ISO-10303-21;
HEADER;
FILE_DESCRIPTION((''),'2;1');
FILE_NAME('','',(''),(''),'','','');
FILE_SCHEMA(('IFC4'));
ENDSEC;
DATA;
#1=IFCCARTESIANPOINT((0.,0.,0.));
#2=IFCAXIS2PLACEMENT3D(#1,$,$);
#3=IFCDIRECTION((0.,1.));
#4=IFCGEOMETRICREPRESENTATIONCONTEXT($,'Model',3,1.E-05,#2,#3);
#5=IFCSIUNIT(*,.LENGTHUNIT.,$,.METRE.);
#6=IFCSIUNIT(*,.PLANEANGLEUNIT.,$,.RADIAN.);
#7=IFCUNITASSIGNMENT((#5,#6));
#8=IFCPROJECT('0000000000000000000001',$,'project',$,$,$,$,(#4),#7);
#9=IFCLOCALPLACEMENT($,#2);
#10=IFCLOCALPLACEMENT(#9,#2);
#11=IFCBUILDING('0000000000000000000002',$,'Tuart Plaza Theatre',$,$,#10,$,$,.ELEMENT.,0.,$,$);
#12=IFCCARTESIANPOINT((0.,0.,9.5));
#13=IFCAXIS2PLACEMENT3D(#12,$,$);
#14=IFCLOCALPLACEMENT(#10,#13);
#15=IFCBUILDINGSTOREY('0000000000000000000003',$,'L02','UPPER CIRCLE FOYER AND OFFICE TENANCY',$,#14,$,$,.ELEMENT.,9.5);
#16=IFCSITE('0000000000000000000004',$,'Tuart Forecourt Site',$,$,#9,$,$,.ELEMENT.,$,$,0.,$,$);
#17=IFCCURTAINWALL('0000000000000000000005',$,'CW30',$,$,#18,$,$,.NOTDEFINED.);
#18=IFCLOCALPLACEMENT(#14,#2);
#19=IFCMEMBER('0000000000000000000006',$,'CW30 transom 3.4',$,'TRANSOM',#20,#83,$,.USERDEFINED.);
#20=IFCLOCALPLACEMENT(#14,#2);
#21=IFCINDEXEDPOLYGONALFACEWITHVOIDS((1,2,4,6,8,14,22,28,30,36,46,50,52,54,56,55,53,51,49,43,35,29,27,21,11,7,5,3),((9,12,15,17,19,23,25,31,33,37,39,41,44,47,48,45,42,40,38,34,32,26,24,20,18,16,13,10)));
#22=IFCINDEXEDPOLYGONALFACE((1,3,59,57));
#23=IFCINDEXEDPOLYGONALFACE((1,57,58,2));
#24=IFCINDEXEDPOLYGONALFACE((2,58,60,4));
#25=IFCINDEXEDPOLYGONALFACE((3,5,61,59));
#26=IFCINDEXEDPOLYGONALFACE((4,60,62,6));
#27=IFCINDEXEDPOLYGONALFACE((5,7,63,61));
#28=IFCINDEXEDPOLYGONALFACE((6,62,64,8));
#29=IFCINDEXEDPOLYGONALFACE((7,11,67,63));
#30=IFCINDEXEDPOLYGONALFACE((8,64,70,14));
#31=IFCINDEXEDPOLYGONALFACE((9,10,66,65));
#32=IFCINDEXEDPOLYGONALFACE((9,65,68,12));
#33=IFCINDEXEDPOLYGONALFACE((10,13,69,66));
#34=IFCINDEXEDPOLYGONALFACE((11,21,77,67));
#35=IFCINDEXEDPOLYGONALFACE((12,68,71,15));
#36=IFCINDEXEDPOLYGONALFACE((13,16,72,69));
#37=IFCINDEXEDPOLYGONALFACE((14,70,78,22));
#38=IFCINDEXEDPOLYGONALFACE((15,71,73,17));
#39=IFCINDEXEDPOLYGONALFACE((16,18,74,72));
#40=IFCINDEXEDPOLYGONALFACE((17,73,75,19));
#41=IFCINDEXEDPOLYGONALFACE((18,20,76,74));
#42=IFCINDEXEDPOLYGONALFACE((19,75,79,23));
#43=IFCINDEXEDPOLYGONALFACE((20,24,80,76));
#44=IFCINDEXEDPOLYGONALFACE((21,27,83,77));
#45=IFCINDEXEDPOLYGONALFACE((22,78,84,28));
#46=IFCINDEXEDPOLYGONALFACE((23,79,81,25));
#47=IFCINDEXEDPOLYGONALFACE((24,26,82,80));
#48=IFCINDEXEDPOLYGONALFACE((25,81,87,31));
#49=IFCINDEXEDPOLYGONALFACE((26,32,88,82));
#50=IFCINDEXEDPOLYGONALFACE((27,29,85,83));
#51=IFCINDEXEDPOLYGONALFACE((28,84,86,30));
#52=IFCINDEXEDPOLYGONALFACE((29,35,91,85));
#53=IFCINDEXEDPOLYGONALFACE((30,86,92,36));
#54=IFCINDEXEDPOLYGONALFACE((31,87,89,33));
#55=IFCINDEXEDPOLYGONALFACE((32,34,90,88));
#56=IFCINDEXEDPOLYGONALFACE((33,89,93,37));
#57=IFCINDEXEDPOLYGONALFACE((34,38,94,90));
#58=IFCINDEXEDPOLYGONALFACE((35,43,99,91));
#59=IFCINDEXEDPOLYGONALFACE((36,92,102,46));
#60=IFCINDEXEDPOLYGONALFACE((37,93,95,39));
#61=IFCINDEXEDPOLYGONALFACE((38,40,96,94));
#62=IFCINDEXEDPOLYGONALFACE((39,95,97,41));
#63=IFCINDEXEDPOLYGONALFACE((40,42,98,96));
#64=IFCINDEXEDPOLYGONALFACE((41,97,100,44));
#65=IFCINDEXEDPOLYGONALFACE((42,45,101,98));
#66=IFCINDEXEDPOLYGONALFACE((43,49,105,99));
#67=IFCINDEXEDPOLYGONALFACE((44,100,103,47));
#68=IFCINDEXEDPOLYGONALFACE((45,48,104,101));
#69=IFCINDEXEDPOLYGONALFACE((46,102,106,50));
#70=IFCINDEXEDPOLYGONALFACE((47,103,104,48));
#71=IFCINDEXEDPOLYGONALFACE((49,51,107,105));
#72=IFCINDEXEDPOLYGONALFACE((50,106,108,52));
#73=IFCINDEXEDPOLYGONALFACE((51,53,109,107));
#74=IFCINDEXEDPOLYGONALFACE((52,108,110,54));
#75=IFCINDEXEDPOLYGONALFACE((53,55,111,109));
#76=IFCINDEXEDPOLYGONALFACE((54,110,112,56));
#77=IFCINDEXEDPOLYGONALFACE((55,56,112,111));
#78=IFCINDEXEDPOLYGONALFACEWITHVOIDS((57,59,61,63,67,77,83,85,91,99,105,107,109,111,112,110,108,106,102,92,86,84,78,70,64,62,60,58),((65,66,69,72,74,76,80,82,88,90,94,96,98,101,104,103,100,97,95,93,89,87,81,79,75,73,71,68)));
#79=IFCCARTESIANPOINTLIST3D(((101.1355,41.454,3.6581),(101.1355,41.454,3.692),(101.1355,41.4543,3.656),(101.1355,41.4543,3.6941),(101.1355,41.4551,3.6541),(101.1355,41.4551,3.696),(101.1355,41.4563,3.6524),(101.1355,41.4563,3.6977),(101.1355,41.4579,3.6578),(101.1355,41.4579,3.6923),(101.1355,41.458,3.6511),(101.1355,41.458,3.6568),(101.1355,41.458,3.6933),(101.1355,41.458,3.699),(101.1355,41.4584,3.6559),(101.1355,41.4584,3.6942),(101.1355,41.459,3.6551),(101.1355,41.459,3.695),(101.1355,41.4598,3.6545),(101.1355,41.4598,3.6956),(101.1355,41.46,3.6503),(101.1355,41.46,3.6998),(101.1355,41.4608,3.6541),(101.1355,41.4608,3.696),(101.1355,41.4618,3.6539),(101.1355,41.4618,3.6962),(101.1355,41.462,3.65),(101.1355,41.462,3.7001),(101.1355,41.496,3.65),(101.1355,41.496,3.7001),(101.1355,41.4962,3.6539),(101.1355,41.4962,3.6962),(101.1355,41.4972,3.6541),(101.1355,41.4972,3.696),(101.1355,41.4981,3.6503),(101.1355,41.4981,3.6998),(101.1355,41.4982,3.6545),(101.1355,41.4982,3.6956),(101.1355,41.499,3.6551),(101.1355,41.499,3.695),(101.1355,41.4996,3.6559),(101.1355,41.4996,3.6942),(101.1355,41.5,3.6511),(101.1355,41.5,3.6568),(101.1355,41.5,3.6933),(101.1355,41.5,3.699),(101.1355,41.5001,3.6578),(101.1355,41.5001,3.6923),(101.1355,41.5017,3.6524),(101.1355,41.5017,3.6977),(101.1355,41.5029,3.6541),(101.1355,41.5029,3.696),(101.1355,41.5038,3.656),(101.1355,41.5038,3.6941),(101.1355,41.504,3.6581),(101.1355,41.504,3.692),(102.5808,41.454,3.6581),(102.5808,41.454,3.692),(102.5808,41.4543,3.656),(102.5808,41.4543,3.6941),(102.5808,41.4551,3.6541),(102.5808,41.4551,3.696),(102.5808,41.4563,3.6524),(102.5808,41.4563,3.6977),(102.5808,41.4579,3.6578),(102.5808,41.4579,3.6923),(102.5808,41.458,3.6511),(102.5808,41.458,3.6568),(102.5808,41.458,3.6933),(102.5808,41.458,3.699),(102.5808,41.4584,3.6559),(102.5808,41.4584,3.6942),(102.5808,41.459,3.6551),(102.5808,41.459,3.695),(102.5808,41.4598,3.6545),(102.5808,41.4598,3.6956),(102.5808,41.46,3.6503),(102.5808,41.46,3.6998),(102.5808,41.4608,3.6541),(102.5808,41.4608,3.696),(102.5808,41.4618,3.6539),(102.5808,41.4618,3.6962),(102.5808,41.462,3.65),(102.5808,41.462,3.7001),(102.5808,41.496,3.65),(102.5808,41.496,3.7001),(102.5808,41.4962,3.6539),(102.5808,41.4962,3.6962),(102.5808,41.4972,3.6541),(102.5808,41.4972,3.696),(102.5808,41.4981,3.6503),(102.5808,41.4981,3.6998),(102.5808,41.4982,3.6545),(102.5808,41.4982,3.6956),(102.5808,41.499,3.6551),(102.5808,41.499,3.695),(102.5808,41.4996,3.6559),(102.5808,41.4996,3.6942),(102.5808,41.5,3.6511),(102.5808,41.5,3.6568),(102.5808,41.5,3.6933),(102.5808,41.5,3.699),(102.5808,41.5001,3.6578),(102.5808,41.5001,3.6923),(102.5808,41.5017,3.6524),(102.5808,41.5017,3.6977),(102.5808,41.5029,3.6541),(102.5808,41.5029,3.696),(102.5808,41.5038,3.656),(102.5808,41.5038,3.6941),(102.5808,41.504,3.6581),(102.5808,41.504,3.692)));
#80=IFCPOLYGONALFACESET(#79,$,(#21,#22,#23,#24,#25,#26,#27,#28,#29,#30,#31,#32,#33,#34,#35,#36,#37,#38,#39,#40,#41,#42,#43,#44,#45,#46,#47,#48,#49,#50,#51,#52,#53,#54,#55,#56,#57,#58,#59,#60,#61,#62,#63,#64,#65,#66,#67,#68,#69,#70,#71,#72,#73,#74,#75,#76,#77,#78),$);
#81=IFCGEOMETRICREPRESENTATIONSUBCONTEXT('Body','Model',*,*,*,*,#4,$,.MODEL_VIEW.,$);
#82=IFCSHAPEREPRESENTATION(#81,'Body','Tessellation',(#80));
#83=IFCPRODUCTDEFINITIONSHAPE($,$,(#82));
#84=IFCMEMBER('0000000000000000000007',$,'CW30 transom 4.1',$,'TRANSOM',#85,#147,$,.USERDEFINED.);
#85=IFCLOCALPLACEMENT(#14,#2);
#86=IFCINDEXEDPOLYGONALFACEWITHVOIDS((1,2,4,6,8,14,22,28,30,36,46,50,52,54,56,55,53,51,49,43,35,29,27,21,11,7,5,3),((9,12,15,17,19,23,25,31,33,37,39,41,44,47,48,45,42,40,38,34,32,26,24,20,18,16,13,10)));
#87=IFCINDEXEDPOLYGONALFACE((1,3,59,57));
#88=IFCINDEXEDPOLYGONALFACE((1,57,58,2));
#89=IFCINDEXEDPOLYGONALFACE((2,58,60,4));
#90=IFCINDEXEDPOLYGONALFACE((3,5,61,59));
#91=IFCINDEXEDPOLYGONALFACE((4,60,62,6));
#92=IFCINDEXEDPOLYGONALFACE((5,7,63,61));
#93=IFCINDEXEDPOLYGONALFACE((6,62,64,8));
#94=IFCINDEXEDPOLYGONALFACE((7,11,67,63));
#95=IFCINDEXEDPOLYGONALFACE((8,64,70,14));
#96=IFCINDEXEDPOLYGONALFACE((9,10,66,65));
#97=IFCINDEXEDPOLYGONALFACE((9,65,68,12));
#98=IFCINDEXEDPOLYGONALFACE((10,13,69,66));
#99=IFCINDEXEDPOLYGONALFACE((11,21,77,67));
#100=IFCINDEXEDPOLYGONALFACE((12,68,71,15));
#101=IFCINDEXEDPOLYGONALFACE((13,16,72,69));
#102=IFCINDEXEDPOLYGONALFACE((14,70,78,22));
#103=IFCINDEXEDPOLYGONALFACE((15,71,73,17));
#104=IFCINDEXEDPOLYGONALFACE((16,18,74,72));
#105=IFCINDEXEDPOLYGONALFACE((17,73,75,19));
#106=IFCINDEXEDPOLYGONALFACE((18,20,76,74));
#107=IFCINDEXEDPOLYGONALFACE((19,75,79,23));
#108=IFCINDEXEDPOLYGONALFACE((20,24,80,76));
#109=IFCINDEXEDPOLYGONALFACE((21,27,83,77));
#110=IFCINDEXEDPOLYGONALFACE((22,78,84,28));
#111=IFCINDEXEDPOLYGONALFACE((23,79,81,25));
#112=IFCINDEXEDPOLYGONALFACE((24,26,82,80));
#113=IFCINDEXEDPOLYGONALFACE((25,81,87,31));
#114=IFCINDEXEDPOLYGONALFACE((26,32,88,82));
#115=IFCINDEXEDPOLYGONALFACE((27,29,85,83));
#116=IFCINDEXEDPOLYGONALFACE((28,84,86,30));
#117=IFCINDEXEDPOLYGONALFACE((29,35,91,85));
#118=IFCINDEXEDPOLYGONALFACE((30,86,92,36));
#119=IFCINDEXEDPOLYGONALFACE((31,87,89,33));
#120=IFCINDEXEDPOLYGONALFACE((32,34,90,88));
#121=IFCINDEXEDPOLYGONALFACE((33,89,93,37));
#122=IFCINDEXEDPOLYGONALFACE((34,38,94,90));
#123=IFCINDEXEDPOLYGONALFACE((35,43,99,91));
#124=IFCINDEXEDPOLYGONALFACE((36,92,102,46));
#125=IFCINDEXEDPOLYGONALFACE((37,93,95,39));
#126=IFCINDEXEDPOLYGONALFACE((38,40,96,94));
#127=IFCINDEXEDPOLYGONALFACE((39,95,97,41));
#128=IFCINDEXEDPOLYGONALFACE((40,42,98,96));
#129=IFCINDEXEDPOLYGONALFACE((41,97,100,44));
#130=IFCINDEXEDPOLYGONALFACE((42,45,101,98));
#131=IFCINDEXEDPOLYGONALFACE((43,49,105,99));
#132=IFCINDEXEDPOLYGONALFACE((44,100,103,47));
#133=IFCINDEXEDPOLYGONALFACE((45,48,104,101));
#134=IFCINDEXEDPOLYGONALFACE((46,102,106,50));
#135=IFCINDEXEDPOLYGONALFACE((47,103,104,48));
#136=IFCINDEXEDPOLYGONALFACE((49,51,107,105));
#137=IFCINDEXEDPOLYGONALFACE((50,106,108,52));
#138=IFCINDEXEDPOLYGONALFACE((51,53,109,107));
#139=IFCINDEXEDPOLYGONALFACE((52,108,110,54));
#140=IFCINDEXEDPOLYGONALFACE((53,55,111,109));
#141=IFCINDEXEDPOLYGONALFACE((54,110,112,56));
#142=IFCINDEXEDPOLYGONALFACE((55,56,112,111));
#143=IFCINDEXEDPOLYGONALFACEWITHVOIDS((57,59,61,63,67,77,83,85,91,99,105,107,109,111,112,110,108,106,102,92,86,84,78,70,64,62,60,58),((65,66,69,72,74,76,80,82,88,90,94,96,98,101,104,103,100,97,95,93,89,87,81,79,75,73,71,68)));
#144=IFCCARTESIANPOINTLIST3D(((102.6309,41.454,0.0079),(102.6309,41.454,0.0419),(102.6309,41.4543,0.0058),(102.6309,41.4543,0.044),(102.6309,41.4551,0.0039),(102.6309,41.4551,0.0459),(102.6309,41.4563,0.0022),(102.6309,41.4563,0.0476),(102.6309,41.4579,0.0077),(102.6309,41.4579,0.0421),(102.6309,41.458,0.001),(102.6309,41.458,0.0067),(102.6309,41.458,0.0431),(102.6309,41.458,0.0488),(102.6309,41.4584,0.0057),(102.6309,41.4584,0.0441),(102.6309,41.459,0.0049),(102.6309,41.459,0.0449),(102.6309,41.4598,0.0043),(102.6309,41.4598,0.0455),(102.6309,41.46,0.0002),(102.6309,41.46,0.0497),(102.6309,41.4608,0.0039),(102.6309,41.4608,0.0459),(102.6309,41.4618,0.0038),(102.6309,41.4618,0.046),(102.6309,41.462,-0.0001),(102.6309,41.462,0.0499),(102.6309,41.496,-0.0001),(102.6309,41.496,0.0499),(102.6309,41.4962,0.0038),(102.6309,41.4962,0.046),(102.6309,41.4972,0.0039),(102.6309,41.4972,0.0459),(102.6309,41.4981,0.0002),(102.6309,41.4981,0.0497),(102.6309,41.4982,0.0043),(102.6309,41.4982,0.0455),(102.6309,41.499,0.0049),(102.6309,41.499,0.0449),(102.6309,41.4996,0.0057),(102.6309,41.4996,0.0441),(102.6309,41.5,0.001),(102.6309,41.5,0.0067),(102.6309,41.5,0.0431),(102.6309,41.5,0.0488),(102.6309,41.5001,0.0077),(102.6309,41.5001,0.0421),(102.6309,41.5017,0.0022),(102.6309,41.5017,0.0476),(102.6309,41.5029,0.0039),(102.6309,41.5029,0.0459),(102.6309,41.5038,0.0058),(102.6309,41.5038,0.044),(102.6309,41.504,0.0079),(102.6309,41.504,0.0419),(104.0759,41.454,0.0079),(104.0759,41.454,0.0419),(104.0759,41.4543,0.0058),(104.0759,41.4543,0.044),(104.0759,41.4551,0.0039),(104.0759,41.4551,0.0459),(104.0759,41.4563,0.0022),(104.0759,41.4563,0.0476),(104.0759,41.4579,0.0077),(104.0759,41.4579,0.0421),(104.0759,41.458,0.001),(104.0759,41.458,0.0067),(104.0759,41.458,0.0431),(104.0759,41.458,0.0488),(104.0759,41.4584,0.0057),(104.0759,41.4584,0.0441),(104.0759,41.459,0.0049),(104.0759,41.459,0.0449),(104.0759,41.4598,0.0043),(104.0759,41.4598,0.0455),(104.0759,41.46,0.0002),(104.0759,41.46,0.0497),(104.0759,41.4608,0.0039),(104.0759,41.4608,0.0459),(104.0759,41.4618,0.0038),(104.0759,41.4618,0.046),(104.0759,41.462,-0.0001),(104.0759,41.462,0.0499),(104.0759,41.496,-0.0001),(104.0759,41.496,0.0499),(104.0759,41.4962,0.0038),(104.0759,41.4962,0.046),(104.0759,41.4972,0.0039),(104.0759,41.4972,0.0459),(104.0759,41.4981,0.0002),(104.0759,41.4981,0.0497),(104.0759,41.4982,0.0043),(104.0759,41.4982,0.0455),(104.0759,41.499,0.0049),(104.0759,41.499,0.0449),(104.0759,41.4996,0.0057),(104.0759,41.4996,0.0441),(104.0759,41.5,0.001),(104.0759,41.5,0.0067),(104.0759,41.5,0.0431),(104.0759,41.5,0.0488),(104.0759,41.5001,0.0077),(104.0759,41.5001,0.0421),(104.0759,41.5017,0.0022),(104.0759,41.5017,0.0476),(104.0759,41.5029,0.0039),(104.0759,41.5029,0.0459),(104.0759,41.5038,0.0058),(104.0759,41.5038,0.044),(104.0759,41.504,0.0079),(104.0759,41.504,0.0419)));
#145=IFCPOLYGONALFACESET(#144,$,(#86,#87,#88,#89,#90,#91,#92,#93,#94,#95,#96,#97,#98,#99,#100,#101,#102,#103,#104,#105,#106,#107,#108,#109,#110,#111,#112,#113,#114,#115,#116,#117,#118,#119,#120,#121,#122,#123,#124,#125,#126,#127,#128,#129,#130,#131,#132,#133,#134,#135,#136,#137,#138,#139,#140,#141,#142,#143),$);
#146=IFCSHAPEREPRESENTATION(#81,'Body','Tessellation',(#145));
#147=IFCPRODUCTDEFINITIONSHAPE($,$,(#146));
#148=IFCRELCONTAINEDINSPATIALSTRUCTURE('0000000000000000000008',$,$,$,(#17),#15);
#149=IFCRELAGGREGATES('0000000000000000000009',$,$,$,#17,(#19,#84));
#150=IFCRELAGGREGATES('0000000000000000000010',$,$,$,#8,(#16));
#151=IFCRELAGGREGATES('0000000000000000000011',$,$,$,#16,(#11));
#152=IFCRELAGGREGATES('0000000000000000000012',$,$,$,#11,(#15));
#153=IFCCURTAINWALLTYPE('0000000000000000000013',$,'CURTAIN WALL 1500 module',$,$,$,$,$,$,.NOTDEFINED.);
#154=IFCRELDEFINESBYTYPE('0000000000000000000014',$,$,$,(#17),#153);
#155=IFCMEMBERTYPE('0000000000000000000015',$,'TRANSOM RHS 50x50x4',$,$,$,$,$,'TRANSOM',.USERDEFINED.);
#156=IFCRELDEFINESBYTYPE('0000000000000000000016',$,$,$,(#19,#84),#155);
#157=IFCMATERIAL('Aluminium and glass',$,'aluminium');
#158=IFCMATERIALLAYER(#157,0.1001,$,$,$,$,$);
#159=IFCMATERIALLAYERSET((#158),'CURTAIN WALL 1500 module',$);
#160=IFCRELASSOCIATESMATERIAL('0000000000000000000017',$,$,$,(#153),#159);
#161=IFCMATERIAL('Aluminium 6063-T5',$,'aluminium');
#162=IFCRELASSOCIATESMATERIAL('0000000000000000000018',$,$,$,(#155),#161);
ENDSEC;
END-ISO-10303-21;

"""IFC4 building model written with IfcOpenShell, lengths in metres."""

from ifc_helpers import new_model, si_unit, direction, frame, origin, origin_2d, place, context, subcontext, project, spatial, hollow_rectangle, extrude, material, layer, layer_set, material_profile, profile_set, type_object, element, aggregate, save


model = new_model("IFC4")

# Units and contexts
model_context = context("Model", 3, precision=1e-05, world=origin(), true_north=direction((0.0, 1.0)))
body_context = subcontext(model_context, "Body", "Model", "MODEL_VIEW")
ifc_project = project(units=[si_unit("LENGTHUNIT", "METRE"), si_unit("PLANEANGLEUNIT", "RADIAN")], contexts=[model_context])

# Site, building, storey
site_placement = place(None, origin())
site = spatial("IfcSite", under=ifc_project, at=site_placement, Name="Tuart Forecourt Site", CompositionType="ELEMENT", RefElevation=0.0)
building_placement = place(site_placement, origin())
building = spatial("IfcBuilding", under=site, at=building_placement, Name="Tuart Plaza Theatre", CompositionType="ELEMENT", ElevationOfRefHeight=0.0)
storey_placement = place(building_placement, frame((0.0, 0.0, 9.5)))
storey = spatial("IfcBuildingStorey", under=building, at=storey_placement, Name="L02", Description="UPPER CIRCLE FOYER AND OFFICE TENANCY", CompositionType="ELEMENT", Elevation=9.5)

# Curtain wall, members
ifc_material_1 = material(Name="Aluminium and glass", Category="aluminium")
ifc_layer_1 = layer(ifc_material_1, 0.1001)
ifc_layer_set_1 = layer_set([ifc_layer_1], Name="CURTAIN WALL 1500 module")
curtain_wall_type = type_object("IfcCurtainWallType", Name="CURTAIN WALL 1500 module", PredefinedType="NOTDEFINED", material=ifc_layer_set_1)
curtain_wall_placement = place(storey_placement, origin())
curtain_wall = element("IfcCurtainWall", 1, at=curtain_wall_placement, inside=storey, type_object=curtain_wall_type, Name="CW30", PredefinedType="NOTDEFINED")
ifc_material_2 = material(Name="Aluminium 6063-T5", Category="aluminium")
ifc_material_profile_1 = material_profile(ifc_material_2, hollow_rectangle(XDim=0.05, YDim=0.05, WallThickness=0.0039, InnerFilletRadius=0.0039, OuterFilletRadius=0.0081, at=origin_2d()), Name="RHS 50x50x4")
ifc_profile_set_1 = profile_set([ifc_material_profile_1], Name="Aluminium 6063-T5")
member_type_1 = type_object("IfcMemberType", Name="TRANSOM RHS 50x50x4", ElementType="TRANSOM", PredefinedType="USERDEFINED", material=ifc_profile_set_1)
member_1_placement = place(storey_placement, frame((101.1355, 41.479, 3.675), z_axis=(1.0, 0.0, 0.0), x_axis=(0.0, 1.0, 0.0)))
member_1 = element("IfcMember", 2, at=member_1_placement, type_object=member_type_1, Name="CW30 transom 3.4", ObjectType="TRANSOM", PredefinedType="USERDEFINED", context=body_context, shape_type="SweptSolid", body=[
    extrude(hollow_rectangle(XDim=0.05, YDim=0.05, WallThickness=0.0039, InnerFilletRadius=0.0039, OuterFilletRadius=0.0081, at=origin_2d()), origin(), (0.0, 0.0, 1.0), 1.4453),
])
member_2_placement = place(storey_placement, frame((102.6309, 41.479, 0.0249), z_axis=(1.0, 0.0, 0.0), x_axis=(0.0, 1.0, 0.0)))
member_2 = element("IfcMember", 3, at=member_2_placement, type_object=member_type_1, Name="CW30 transom 4.1", ObjectType="TRANSOM", PredefinedType="USERDEFINED", context=body_context, shape_type="SweptSolid", body=[
    extrude(hollow_rectangle(XDim=0.05, YDim=0.05, WallThickness=0.0039, InnerFilletRadius=0.0039, OuterFilletRadius=0.0081, at=origin_2d()), origin(), (0.0, 0.0, 1.0), 1.4451),
])
aggregate(curtain_wall, [member_1, member_2])

save(model, "model.ifc")
